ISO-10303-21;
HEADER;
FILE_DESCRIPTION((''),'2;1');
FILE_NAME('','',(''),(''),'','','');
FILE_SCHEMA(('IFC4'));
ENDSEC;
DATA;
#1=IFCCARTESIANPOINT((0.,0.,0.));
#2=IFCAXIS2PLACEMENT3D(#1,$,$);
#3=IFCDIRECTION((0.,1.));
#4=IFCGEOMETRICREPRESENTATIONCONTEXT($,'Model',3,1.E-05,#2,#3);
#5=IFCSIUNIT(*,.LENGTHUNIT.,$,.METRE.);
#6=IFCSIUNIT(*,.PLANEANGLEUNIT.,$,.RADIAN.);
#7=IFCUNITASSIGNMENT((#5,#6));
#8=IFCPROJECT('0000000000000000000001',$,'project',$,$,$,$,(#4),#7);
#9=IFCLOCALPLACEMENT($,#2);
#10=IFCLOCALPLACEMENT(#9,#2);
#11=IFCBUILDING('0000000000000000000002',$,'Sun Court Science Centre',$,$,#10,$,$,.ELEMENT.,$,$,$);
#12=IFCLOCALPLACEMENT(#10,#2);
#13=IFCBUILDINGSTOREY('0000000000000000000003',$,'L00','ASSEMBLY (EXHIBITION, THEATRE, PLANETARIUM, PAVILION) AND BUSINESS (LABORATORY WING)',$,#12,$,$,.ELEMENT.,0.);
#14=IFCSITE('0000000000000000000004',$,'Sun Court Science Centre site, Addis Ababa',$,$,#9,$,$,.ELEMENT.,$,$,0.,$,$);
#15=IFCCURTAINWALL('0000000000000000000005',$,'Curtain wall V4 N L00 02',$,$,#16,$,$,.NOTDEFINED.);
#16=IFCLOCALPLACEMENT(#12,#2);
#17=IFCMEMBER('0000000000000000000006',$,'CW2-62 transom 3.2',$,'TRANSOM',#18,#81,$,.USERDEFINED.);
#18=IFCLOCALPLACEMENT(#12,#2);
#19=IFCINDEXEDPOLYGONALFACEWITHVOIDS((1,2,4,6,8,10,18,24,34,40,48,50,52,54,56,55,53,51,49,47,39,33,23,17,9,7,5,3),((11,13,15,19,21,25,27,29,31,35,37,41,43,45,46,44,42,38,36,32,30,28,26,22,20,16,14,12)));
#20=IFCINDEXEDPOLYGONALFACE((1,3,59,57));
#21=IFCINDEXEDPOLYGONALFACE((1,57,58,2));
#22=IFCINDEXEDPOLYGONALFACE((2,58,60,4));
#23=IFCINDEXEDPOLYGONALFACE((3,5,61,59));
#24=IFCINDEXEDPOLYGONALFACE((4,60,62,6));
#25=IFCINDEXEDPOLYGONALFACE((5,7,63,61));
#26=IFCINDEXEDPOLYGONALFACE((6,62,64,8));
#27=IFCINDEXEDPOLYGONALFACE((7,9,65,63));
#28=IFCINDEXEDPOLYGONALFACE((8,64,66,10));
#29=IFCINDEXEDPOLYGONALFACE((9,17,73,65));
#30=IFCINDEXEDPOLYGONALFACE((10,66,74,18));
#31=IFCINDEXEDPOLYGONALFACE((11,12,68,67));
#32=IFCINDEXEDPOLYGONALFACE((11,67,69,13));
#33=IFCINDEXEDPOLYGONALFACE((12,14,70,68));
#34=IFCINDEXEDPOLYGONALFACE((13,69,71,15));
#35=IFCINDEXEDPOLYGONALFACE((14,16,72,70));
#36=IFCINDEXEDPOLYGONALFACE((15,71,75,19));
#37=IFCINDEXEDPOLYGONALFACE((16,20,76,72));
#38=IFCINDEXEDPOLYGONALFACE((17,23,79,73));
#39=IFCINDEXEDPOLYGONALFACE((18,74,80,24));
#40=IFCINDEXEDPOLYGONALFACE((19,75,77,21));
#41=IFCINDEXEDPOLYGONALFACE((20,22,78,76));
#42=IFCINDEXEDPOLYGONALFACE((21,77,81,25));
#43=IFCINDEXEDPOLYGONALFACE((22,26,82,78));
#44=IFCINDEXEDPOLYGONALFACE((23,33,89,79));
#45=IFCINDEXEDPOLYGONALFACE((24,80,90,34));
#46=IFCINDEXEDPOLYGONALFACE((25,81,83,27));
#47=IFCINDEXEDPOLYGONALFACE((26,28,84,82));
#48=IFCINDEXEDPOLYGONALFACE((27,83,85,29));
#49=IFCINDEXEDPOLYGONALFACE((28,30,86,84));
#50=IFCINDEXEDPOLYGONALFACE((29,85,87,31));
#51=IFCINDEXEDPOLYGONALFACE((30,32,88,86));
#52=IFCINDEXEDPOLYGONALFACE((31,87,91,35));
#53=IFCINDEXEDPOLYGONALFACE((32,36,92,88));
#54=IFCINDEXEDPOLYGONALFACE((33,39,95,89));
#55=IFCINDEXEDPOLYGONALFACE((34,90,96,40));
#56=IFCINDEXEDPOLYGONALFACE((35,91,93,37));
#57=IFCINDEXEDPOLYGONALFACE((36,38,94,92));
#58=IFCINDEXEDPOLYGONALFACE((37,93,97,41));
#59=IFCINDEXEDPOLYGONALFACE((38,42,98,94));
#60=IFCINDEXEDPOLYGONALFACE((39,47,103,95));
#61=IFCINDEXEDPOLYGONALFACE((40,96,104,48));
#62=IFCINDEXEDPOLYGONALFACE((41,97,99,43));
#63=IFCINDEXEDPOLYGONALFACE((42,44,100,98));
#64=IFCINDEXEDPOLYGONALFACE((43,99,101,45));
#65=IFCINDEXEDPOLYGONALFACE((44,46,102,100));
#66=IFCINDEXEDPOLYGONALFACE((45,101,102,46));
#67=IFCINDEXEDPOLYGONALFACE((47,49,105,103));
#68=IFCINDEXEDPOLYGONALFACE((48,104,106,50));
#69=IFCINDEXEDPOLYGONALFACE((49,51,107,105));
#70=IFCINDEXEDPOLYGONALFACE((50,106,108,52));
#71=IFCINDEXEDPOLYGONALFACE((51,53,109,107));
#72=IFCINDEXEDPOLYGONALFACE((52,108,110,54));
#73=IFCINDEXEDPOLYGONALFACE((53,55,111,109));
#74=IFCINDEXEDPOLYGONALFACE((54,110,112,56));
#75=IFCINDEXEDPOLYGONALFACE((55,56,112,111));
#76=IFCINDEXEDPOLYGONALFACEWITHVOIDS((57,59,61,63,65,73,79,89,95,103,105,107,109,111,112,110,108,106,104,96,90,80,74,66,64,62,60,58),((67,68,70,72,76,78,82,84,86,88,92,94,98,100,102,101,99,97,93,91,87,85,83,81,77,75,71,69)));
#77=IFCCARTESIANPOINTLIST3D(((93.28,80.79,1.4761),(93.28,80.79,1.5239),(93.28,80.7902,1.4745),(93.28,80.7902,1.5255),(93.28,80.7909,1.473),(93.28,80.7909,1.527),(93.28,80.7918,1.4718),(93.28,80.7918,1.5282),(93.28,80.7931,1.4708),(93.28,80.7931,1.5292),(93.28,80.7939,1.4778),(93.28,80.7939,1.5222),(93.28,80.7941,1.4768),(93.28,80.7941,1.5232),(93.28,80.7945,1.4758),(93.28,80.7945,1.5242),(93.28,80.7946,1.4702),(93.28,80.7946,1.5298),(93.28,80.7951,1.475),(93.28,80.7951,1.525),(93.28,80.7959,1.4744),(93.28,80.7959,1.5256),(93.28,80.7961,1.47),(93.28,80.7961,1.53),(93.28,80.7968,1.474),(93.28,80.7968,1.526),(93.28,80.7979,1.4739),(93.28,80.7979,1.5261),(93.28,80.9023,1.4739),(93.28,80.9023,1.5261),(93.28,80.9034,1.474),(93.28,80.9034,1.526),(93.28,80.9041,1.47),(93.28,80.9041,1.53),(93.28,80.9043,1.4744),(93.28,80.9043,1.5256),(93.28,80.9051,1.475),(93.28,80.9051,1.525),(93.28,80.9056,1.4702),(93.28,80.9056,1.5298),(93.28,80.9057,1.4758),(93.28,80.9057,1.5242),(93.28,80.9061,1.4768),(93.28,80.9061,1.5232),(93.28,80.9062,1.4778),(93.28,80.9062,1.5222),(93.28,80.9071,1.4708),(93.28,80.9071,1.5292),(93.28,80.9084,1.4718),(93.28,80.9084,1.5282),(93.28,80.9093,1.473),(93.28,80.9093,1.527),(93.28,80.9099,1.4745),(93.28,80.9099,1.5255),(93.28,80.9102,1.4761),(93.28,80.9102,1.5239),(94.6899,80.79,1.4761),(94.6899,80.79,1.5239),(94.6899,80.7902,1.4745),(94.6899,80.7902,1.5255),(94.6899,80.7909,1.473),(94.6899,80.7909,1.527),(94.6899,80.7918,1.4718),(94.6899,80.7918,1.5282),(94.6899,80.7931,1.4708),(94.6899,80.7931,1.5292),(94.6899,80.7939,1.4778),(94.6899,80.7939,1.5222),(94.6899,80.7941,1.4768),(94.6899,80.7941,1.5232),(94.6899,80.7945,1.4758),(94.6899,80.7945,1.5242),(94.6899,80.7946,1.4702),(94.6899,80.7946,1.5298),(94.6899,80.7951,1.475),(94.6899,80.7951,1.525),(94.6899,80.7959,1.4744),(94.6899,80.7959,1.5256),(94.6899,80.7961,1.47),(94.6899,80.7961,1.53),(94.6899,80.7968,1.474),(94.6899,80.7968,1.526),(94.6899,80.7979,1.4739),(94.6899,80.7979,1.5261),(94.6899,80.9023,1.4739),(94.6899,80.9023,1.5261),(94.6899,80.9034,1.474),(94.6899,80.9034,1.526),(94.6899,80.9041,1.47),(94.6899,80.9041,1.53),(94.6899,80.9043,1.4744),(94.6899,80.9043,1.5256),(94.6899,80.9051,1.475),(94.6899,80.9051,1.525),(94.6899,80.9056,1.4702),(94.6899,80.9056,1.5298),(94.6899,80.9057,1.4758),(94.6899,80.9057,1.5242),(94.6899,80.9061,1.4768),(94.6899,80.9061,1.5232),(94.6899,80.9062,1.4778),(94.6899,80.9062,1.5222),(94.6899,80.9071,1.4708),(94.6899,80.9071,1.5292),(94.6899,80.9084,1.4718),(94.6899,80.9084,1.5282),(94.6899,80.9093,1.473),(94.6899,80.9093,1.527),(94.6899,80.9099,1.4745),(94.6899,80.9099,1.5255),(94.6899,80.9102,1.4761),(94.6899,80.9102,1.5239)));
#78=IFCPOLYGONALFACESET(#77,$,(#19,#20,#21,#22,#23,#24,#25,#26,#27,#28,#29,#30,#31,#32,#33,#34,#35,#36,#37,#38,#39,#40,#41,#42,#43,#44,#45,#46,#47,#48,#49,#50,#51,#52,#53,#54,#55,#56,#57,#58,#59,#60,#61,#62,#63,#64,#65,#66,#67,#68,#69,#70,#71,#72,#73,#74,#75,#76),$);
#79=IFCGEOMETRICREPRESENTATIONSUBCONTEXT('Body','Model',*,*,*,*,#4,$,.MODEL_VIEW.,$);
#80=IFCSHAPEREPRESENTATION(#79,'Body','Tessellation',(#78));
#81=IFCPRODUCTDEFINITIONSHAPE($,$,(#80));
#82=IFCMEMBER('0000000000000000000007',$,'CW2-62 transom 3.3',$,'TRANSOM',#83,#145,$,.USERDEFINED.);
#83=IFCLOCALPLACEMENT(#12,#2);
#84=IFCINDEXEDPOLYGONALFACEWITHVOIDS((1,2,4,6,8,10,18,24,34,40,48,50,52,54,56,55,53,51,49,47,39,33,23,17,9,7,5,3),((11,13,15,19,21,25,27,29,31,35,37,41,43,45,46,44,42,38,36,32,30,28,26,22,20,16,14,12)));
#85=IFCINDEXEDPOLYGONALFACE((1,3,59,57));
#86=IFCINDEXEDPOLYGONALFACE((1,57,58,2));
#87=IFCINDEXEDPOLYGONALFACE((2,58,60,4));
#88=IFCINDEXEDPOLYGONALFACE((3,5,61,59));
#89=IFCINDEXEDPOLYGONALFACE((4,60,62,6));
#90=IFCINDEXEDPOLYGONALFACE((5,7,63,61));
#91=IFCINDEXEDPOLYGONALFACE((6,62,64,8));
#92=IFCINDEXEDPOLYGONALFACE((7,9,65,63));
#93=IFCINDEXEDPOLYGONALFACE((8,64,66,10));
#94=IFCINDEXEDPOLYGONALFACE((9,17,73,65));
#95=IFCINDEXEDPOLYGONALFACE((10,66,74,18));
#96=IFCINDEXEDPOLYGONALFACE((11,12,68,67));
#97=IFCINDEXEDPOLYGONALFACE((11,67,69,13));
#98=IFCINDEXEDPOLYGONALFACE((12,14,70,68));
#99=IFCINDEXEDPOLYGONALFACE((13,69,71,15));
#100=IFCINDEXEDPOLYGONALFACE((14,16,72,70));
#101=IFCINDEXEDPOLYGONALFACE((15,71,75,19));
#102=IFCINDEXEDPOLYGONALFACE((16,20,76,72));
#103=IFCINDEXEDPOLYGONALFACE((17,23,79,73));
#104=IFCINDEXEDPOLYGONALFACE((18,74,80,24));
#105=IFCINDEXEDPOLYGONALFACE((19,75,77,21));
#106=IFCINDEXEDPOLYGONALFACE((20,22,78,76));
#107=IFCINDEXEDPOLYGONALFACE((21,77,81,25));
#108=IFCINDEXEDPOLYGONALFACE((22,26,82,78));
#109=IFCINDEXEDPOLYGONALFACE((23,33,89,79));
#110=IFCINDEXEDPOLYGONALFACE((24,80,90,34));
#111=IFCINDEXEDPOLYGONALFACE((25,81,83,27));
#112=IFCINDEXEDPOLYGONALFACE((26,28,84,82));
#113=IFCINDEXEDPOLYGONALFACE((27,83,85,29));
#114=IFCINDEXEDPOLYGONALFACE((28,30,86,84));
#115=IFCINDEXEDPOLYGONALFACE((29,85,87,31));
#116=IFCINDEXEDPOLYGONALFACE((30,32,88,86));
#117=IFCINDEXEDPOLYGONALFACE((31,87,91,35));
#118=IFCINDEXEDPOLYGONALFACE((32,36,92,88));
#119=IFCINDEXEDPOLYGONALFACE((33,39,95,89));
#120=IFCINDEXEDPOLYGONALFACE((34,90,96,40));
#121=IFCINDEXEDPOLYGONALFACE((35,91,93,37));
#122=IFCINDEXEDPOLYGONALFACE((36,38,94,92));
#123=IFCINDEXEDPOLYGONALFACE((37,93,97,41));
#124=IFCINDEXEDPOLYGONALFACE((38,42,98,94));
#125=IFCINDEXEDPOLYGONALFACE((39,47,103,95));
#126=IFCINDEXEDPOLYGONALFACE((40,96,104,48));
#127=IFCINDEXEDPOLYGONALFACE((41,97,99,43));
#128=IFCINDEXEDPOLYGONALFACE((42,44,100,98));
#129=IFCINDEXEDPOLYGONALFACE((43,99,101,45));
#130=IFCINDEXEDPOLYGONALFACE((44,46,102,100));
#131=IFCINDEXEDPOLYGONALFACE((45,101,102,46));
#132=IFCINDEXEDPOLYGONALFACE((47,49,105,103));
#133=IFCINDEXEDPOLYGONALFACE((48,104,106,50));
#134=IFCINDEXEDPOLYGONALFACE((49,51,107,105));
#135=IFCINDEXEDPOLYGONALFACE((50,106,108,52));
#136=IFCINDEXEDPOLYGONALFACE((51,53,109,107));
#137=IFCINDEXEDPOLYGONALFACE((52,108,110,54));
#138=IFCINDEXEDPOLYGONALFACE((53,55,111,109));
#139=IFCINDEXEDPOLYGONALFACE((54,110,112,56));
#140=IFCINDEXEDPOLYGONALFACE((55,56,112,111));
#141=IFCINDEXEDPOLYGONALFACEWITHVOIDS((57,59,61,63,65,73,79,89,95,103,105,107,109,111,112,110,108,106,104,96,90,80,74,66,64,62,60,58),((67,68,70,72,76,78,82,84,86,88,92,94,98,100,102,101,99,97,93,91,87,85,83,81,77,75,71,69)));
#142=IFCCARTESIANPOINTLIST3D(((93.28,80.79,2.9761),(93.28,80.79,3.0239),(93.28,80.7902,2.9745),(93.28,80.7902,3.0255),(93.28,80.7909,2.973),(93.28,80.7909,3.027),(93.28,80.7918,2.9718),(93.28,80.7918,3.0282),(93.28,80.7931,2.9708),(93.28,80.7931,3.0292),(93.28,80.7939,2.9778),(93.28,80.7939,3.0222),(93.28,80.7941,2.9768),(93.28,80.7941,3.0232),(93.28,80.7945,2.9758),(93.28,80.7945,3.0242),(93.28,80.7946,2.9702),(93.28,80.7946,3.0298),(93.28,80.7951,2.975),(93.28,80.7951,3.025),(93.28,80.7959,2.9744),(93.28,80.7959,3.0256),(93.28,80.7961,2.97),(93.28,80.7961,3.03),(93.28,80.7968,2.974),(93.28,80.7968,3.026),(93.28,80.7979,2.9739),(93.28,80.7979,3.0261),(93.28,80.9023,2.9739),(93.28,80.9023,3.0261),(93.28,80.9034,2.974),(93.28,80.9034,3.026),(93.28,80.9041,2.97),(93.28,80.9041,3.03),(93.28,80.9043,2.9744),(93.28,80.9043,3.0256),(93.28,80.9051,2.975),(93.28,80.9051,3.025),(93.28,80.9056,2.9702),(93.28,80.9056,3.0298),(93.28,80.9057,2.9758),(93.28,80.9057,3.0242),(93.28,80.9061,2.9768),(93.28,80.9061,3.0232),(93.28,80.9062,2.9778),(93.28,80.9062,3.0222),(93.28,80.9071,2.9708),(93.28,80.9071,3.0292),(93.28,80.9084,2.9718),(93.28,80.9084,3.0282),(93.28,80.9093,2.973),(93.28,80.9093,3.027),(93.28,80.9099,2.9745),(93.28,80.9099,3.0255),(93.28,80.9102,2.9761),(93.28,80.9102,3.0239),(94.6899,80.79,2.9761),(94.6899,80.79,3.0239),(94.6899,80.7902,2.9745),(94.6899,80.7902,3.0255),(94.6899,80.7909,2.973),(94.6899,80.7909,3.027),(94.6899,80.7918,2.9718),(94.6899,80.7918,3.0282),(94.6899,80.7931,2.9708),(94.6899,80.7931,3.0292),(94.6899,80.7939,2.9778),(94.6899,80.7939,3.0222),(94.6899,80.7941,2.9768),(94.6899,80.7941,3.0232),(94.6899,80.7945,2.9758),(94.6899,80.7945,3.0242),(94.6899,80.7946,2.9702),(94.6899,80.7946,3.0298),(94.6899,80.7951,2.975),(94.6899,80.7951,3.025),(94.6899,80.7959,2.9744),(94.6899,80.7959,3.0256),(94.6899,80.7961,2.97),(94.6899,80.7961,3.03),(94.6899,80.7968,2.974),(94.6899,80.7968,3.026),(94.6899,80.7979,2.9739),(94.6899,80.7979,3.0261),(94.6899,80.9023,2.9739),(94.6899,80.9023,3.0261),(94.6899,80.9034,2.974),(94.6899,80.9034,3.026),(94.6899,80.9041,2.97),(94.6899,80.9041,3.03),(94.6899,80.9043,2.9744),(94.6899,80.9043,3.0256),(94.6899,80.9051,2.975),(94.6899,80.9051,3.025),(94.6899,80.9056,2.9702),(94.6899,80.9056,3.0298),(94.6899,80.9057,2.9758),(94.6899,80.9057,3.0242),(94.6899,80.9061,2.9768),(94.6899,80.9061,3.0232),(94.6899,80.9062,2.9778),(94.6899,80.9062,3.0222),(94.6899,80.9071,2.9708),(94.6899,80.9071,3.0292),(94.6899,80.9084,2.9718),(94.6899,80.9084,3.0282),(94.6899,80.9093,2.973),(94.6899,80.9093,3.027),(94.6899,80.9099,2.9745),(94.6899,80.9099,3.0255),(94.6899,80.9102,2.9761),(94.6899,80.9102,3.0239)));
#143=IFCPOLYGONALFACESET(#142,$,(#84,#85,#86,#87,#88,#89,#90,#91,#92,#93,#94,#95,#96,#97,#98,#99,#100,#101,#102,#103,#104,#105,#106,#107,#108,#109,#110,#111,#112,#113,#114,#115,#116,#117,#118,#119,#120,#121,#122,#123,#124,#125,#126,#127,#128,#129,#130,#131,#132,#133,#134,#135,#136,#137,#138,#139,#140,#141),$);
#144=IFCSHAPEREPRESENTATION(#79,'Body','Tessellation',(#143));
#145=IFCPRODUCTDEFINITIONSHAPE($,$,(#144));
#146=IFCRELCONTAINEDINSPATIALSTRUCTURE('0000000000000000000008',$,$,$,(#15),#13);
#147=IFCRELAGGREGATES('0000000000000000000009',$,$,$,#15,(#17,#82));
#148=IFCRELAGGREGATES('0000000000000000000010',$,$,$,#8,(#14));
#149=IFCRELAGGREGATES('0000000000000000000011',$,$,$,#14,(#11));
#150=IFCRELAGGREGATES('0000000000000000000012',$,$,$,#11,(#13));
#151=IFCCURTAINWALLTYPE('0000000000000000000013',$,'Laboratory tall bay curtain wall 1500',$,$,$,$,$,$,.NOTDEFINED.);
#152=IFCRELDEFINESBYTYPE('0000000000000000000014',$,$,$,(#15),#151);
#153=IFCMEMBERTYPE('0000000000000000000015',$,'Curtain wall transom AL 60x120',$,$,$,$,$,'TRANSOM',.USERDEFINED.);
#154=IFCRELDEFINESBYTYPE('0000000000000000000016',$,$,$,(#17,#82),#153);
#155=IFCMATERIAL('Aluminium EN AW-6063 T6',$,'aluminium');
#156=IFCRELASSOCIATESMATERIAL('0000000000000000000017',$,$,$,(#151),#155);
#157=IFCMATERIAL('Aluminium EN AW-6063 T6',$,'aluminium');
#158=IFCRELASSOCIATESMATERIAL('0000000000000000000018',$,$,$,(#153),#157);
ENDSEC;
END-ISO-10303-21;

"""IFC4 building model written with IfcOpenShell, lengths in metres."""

from ifc_helpers import new_model, si_unit, direction, frame, origin, origin_2d, place, context, subcontext, project, spatial, hollow_rectangle, extrude, material, material_profile, profile_set, type_object, element, aggregate, save


model = new_model("IFC4")

# Units and contexts
model_context = context("Model", 3, precision=1e-05, world=origin(), true_north=direction((0.0, 1.0)))
body_context = subcontext(model_context, "Body", "Model", "MODEL_VIEW")
ifc_project = project(units=[si_unit("LENGTHUNIT", "METRE"), si_unit("PLANEANGLEUNIT", "RADIAN")], contexts=[model_context])

# Site, building, storey
site_placement = place(None, origin())
site = spatial("IfcSite", under=ifc_project, at=site_placement, Name="Sun Court Science Centre site, Addis Ababa", CompositionType="ELEMENT", RefElevation=0.0)
building_placement = place(site_placement, origin())
building = spatial("IfcBuilding", under=site, at=building_placement, Name="Sun Court Science Centre", CompositionType="ELEMENT")
storey_placement = place(building_placement, origin())
storey = spatial("IfcBuildingStorey", under=building, at=storey_placement, Name="L00", Description="ASSEMBLY (EXHIBITION, THEATRE, PLANETARIUM, PAVILION) AND BUSINESS (LABORATORY WING)", CompositionType="ELEMENT", Elevation=0.0)

# Curtain wall
ifc_material_1 = material(Name="Aluminium EN AW-6063 T6", Category="aluminium")
curtain_wall_type = type_object("IfcCurtainWallType", Name="Laboratory tall bay curtain wall 1500", PredefinedType="NOTDEFINED", material=ifc_material_1)
curtain_wall_1_placement = place(storey_placement, origin())
curtain_wall_1 = element("IfcCurtainWall", 1, at=curtain_wall_1_placement, inside=storey, type_object=curtain_wall_type, Name="Curtain wall V4 N L00 02", PredefinedType="NOTDEFINED")

# Members
ifc_material_2 = material(Name="Aluminium EN AW-6063 T6", Category="aluminium")
ifc_material_profile_1 = material_profile(ifc_material_2, hollow_rectangle(XDim=0.0601, YDim=0.1201, WallThickness=0.0039, InnerFilletRadius=0.0039, OuterFilletRadius=0.0061, at=origin_2d()), Name="AL 60x120x4")
ifc_profile_set_1 = profile_set([ifc_material_profile_1], Name="Aluminium EN AW-6063 T6")
member_type_1 = type_object("IfcMemberType", Name="Curtain wall transom AL 60x120", ElementType="TRANSOM", PredefinedType="USERDEFINED", material=ifc_profile_set_1)
member_1_placement = place(storey_placement, frame((93.28, 80.8501, 1.5), z_axis=(1.0, 0.0, 0.0), x_axis=(0.0, 0.0, 1.0)))
member_1 = element("IfcMember", 2, at=member_1_placement, type_object=member_type_1, Name="CW2-62 transom 3.2", ObjectType="TRANSOM", PredefinedType="USERDEFINED", context=body_context, shape_type="SweptSolid", body=[
    extrude(hollow_rectangle(XDim=0.0601, YDim=0.1201, WallThickness=0.0039, InnerFilletRadius=0.0039, OuterFilletRadius=0.0061, at=origin_2d()), origin(), (0.0, 0.0, 1.0), 1.4099),
])
member_2_placement = place(storey_placement, frame((93.28, 80.8501, 3.0), z_axis=(1.0, 0.0, 0.0), x_axis=(0.0, 0.0, 1.0)))
member_2 = element("IfcMember", 3, at=member_2_placement, type_object=member_type_1, Name="CW2-62 transom 3.3", ObjectType="TRANSOM", PredefinedType="USERDEFINED", context=body_context, shape_type="SweptSolid", body=[
    extrude(hollow_rectangle(XDim=0.0601, YDim=0.1201, WallThickness=0.0039, InnerFilletRadius=0.0039, OuterFilletRadius=0.0061, at=origin_2d()), origin(), (0.0, 0.0, 1.0), 1.4099),
])

aggregate(curtain_wall_1, [member_1, member_2])

save(model, "model.ifc")
